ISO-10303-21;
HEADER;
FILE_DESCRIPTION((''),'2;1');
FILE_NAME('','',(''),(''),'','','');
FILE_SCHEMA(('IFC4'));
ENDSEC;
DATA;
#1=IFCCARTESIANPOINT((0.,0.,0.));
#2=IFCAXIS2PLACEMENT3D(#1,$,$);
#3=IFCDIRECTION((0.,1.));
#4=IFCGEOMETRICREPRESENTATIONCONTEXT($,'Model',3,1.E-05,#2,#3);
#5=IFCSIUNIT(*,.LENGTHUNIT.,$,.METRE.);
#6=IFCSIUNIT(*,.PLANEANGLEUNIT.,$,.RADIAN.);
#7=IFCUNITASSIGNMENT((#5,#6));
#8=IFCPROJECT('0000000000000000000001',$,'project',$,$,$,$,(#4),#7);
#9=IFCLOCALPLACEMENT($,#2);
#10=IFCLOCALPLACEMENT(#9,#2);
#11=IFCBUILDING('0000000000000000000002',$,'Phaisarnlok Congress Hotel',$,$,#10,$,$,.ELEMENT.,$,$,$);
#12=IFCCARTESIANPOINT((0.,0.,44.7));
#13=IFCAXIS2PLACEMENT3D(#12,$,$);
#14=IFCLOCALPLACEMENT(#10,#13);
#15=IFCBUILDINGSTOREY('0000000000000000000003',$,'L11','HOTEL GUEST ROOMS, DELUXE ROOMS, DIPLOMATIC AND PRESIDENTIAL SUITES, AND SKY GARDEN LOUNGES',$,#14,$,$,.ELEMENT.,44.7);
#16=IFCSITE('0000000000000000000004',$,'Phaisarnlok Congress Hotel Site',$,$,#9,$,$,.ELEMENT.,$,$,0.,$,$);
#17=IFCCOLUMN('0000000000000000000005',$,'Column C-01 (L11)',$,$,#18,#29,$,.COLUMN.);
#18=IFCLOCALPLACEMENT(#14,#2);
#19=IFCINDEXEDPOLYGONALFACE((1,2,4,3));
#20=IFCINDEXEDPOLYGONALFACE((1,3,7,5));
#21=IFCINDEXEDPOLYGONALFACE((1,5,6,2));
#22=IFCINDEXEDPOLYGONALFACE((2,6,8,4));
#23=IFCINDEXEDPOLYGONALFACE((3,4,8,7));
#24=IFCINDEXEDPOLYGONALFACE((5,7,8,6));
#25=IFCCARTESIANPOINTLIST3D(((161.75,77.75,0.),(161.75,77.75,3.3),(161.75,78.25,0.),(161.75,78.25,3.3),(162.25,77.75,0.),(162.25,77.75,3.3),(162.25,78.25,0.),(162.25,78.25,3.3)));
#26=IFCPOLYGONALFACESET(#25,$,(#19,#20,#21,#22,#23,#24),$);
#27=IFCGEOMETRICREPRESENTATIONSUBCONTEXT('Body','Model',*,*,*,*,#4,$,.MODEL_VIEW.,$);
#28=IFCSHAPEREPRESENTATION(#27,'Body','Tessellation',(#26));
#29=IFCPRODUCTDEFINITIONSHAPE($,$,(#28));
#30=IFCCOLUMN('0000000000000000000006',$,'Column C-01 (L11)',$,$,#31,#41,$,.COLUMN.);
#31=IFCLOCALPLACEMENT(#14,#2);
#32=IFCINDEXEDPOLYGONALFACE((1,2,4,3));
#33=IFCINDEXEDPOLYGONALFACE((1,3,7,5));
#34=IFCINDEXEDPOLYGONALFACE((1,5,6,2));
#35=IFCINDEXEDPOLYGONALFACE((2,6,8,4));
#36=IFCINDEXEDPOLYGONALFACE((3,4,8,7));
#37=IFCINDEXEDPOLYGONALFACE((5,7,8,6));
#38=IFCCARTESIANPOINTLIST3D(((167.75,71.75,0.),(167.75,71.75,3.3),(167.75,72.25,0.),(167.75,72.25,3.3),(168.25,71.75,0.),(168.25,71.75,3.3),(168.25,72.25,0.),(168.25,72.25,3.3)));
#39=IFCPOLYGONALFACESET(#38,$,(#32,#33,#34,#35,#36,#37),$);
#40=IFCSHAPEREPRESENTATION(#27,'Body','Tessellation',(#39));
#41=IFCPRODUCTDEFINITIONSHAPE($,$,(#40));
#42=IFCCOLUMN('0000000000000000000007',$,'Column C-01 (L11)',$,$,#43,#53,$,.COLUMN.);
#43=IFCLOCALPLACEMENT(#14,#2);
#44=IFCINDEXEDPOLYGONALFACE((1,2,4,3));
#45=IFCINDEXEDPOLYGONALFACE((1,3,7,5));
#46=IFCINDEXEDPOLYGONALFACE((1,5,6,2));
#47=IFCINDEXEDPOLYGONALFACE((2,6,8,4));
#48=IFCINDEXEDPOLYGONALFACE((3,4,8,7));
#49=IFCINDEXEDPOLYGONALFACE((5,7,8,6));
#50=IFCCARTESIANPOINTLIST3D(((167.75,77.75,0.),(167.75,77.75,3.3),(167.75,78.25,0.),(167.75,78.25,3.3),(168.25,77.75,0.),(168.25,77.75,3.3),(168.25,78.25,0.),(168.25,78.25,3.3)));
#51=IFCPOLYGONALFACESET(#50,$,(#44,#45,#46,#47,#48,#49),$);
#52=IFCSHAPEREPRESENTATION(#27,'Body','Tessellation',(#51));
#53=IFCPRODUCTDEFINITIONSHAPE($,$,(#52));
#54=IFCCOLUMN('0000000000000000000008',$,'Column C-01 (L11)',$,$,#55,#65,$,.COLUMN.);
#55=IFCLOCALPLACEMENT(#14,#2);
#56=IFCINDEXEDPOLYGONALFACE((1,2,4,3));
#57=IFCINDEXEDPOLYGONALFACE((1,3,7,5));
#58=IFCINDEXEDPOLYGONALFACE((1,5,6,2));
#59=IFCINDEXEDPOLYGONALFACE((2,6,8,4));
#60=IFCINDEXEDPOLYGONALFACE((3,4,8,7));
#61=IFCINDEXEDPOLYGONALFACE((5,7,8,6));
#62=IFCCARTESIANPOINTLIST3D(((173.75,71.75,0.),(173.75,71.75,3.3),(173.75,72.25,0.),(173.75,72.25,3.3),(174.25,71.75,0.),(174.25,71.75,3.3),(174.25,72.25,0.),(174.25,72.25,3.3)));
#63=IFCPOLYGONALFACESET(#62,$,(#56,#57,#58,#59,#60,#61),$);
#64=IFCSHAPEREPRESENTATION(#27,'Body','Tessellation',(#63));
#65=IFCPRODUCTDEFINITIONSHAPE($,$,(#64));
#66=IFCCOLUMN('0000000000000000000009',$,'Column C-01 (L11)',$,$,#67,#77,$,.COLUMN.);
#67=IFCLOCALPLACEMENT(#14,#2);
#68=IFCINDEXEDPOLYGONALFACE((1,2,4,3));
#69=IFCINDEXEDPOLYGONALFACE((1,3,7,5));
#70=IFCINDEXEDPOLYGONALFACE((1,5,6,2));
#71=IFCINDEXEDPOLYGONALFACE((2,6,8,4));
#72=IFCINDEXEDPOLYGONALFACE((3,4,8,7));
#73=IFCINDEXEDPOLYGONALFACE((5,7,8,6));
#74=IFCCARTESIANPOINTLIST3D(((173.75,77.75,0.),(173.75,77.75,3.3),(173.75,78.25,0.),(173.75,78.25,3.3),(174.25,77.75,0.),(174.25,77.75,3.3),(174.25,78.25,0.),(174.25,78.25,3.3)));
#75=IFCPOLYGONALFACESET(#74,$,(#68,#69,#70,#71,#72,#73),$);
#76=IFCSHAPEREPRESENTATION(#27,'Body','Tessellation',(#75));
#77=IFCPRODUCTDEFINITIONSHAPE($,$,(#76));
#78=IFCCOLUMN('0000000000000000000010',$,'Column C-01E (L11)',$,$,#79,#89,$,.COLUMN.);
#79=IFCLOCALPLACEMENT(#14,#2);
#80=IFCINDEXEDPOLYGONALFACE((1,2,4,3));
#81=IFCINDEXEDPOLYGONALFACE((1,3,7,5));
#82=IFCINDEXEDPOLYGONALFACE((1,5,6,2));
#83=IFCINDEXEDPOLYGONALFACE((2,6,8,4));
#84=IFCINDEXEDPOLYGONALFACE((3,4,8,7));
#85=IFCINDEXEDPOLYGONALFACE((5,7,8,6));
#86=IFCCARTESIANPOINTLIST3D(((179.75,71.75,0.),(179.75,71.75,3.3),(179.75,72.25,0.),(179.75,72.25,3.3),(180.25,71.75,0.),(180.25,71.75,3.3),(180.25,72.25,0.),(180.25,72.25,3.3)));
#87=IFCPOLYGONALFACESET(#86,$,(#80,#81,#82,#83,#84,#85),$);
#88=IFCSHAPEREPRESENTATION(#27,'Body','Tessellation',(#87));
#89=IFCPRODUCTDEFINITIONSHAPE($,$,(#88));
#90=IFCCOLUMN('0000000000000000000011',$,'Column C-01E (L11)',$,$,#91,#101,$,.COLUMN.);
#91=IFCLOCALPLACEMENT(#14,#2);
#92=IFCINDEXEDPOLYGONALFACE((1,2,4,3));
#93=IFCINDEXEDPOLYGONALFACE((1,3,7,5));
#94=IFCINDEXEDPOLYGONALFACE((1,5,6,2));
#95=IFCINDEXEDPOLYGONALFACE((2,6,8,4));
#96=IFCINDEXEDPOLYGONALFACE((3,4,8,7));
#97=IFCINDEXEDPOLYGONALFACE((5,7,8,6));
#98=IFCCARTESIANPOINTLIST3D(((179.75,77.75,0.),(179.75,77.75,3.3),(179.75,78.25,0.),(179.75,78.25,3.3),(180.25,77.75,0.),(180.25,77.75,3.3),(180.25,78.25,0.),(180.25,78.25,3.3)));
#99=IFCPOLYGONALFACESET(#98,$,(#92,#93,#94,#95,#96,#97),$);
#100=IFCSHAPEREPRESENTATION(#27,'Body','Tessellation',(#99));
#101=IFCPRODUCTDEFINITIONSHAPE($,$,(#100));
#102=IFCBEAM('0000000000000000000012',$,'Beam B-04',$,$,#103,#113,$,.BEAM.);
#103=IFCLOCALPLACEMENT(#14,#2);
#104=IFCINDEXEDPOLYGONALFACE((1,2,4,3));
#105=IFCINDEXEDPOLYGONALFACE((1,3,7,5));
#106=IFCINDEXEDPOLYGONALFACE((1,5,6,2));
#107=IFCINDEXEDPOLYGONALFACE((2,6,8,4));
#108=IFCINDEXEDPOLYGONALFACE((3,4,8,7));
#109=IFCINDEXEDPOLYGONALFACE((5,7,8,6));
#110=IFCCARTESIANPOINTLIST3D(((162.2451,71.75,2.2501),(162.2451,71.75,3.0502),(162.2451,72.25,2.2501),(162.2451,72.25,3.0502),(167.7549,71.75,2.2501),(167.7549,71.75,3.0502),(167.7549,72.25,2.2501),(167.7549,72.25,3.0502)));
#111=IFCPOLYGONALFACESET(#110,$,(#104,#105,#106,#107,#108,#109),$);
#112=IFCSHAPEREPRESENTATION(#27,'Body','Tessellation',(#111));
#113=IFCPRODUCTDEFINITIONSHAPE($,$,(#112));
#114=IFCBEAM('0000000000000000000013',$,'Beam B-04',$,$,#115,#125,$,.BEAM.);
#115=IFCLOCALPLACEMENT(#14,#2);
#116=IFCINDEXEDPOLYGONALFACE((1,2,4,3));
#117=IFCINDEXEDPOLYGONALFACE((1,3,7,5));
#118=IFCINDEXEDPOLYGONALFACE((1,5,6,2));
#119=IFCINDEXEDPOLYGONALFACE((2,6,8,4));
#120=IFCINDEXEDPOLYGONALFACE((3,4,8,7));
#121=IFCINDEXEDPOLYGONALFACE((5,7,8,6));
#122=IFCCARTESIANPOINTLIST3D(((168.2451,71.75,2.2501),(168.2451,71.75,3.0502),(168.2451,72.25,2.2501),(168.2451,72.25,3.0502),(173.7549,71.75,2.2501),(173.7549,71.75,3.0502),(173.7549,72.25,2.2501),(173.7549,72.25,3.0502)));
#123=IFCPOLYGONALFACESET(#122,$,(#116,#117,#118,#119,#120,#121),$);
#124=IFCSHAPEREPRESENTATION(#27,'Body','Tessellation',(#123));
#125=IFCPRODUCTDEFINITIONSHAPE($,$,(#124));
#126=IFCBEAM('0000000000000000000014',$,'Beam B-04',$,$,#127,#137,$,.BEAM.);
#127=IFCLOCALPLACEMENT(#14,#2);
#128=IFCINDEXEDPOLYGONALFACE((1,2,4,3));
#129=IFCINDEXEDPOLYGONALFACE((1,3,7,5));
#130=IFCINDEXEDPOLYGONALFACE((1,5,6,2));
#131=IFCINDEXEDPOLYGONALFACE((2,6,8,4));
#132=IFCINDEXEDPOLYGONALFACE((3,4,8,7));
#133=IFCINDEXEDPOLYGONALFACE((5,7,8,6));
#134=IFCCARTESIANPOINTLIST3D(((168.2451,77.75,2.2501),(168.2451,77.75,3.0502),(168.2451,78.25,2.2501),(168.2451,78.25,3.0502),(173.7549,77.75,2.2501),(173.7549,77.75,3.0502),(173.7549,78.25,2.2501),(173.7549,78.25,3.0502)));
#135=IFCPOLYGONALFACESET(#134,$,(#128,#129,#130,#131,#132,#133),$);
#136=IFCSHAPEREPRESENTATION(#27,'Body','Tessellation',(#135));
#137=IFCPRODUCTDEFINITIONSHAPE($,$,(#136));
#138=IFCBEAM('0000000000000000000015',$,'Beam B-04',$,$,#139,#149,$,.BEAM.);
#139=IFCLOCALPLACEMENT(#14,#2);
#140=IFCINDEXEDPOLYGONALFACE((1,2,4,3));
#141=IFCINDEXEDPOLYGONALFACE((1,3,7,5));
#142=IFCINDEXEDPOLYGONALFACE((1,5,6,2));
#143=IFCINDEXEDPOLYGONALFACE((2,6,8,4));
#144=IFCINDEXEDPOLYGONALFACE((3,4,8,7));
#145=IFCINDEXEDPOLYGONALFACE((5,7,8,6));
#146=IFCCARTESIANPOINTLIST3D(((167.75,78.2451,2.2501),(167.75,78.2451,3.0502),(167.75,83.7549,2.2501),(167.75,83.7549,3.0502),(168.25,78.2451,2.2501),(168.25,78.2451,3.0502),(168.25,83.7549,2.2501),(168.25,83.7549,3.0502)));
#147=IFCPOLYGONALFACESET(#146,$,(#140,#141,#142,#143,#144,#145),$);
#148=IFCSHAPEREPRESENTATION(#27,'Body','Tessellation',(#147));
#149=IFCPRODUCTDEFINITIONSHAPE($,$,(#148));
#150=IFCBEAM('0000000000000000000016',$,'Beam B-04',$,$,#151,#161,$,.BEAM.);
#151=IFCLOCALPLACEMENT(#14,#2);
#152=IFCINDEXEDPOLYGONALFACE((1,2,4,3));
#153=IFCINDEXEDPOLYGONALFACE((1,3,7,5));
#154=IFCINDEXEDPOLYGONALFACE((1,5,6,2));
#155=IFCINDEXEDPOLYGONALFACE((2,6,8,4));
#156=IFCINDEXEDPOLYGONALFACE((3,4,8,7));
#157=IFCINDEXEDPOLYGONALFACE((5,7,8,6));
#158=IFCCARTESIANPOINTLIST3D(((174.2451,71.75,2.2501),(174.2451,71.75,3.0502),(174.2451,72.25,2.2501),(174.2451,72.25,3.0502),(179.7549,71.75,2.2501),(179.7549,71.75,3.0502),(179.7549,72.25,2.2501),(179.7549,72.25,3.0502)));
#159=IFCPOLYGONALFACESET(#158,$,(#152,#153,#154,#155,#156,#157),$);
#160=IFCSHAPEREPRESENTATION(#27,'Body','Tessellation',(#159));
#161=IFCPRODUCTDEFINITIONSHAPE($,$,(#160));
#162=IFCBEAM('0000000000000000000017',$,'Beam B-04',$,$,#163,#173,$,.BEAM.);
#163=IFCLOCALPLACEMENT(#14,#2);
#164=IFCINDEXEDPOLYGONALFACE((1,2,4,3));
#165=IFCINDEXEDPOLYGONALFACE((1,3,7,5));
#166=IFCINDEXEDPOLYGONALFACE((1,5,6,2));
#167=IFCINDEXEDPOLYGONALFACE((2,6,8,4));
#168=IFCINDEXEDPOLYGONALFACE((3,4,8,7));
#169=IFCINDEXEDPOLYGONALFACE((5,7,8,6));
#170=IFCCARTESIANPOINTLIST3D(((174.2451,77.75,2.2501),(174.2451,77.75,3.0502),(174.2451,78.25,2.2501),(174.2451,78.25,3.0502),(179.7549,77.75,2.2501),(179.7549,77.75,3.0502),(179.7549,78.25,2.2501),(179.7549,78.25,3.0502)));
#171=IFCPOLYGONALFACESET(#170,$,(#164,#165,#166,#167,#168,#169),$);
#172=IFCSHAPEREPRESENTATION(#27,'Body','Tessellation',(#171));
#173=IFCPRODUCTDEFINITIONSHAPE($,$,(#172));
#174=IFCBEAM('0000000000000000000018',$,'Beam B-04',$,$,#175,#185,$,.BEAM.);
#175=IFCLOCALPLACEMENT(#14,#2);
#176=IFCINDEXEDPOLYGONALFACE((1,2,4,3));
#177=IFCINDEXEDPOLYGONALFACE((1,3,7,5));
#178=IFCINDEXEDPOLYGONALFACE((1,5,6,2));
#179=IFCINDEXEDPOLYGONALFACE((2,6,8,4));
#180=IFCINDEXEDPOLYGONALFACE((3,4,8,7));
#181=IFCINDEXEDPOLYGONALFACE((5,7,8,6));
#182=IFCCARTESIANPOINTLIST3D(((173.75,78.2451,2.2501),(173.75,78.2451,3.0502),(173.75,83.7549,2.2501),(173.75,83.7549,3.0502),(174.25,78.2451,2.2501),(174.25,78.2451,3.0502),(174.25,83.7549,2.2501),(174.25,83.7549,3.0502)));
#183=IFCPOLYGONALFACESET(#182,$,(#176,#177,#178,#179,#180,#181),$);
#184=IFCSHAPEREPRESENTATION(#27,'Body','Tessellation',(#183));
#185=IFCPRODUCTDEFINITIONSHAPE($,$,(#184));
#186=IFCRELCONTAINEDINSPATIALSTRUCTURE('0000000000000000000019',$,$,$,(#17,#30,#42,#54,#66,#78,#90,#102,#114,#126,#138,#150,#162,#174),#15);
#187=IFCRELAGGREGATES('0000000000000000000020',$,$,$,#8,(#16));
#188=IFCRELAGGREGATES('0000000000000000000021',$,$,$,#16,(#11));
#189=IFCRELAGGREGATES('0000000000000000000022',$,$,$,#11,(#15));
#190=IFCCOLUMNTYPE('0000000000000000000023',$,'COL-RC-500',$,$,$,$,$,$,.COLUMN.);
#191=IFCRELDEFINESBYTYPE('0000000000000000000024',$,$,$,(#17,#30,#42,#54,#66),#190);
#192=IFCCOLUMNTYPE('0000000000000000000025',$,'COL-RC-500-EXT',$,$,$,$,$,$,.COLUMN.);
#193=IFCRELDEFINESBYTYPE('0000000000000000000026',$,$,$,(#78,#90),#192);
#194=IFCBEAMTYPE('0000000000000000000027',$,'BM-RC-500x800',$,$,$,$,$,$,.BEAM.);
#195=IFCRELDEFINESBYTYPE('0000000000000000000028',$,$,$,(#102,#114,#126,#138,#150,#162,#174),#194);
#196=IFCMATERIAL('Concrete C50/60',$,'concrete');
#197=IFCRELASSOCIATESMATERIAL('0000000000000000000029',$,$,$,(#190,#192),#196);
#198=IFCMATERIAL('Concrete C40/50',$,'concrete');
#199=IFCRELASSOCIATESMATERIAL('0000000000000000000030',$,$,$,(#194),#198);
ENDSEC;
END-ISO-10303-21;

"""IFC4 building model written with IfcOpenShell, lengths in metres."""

from ifc_helpers import new_model, si_unit, direction, frame, origin, origin_2d, place, context, subcontext, project, spatial, rectangle, extrude, material, material_profile, profile_set, type_object, element, save


model = new_model("IFC4")

# Units and contexts
model_context = context("Model", 3, precision=1e-05, world=origin(), true_north=direction((0.0, 1.0)))
body_context = subcontext(model_context, "Body", "Model", "MODEL_VIEW")
ifc_project = project(units=[si_unit("LENGTHUNIT", "METRE"), si_unit("PLANEANGLEUNIT", "RADIAN")], contexts=[model_context])

# Site, building, storey
site_placement = place(None, origin())
site = spatial("IfcSite", under=ifc_project, at=site_placement, Name="Phaisarnlok Congress Hotel Site", CompositionType="ELEMENT", RefElevation=0.0)
building_placement = place(site_placement, origin())
building = spatial("IfcBuilding", under=site, at=building_placement, Name="Phaisarnlok Congress Hotel", CompositionType="ELEMENT")
storey_placement = place(building_placement, frame((0.0, 0.0, 44.7)))
storey = spatial("IfcBuildingStorey", under=building, at=storey_placement, Name="L11", Description="HOTEL GUEST ROOMS, DELUXE ROOMS, DIPLOMATIC AND PRESIDENTIAL SUITES, AND SKY GARDEN LOUNGES", CompositionType="ELEMENT", Elevation=44.7)

# Columns
ifc_material_1 = material(Name="Concrete C50/60", Category="concrete")
ifc_material_profile_1 = material_profile(ifc_material_1, rectangle(XDim=0.5, YDim=0.5, at=origin_2d()), Name="RC 500x500")
ifc_profile_set_1 = profile_set([ifc_material_profile_1], Name="Concrete C50/60")
column_type_1 = type_object("IfcColumnType", Name="COL-RC-500", PredefinedType="COLUMN", material=ifc_profile_set_1)
for number, where, z_axis, x_axis, name in (
    (1, (162.0, 78.0, 0.0), (0.0, 0.0, 1.0), (1.0, 0.0, 0.0), "Column C-01 (L11)"),
    (2, (168.0, 72.0, 0.0), (0.0, 0.0, 1.0), (1.0, 0.0, 0.0), "Column C-01 (L11)"),
    (3, (168.0, 78.0, 0.0), (0.0, 0.0, 1.0), (1.0, 0.0, 0.0), "Column C-01 (L11)"),
    (4, (174.0, 72.0, 0.0), (0.0, 0.0, 1.0), (1.0, 0.0, 0.0), "Column C-01 (L11)"),
    (5, (174.0, 78.0, 0.0), (0.0, 0.0, 1.0), (1.0, 0.0, 0.0), "Column C-01 (L11)"),
):
    element("IfcColumn", number, at=place(storey_placement, frame(where, z_axis=z_axis, x_axis=x_axis)), inside=storey, type_object=column_type_1, Name=name, PredefinedType="COLUMN", context=body_context, shape_type="SweptSolid", body=[
        extrude(rectangle(XDim=0.5, YDim=0.5, at=origin_2d()), origin(), (0.0, 0.0, 1.0), 3.3),
    ])
ifc_material_profile_2 = material_profile(ifc_material_1, rectangle(XDim=0.5, YDim=0.5, at=origin_2d()), Name="RC 500x500")
ifc_profile_set_2 = profile_set([ifc_material_profile_2], Name="Concrete C50/60")
column_type_2 = type_object("IfcColumnType", Name="COL-RC-500-EXT", PredefinedType="COLUMN", material=ifc_profile_set_2)
for number, where, z_axis, x_axis, name in (
    (6, (180.0, 72.0, 0.0), (0.0, 0.0, 1.0), (1.0, 0.0, 0.0), "Column C-01E (L11)"),
    (7, (180.0, 78.0, 0.0), (0.0, 0.0, 1.0), (1.0, 0.0, 0.0), "Column C-01E (L11)"),
):
    element("IfcColumn", number, at=place(storey_placement, frame(where, z_axis=z_axis, x_axis=x_axis)), inside=storey, type_object=column_type_2, Name=name, PredefinedType="COLUMN", context=body_context, shape_type="SweptSolid", body=[
        extrude(rectangle(XDim=0.5, YDim=0.5, at=origin_2d()), origin(), (0.0, 0.0, 1.0), 3.3),
    ])

# Beams
ifc_material_2 = material(Name="Concrete C40/50", Category="concrete")
ifc_material_profile_3 = material_profile(ifc_material_2, rectangle(XDim=0.5, YDim=0.8, at=origin_2d()), Name="RC 500x800")
ifc_profile_set_3 = profile_set([ifc_material_profile_3], Name="Concrete C40/50")
beam_type_1 = type_object("IfcBeamType", Name="BM-RC-500x800", PredefinedType="BEAM", material=ifc_profile_set_3)
for number, where, z_axis, x_axis, name in (
    (8, (162.2451, 72.0, 2.6501), (1.0, 0.0, 0.0), (0.0, 1.0, 0.0), "Beam B-04"),
    (9, (168.2451, 72.0, 2.6501), (1.0, 0.0, 0.0), (0.0, 1.0, 0.0), "Beam B-04"),
    (10, (168.2451, 78.0, 2.6501), (1.0, 0.0, 0.0), (0.0, 1.0, 0.0), "Beam B-04"),
    (11, (168.0, 78.2451, 2.6501), (0.0, 1.0, 0.0), (-1.0, 0.0, 0.0), "Beam B-04"),
    (12, (174.2451, 72.0, 2.6501), (1.0, 0.0, 0.0), (0.0, 1.0, 0.0), "Beam B-04"),
    (13, (174.2451, 78.0, 2.6501), (1.0, 0.0, 0.0), (0.0, 1.0, 0.0), "Beam B-04"),
    (14, (174.0, 78.2451, 2.6501), (0.0, 1.0, 0.0), (-1.0, 0.0, 0.0), "Beam B-04"),
):
    element("IfcBeam", number, at=place(storey_placement, frame(where, z_axis=z_axis, x_axis=x_axis)), inside=storey, type_object=beam_type_1, Name=name, PredefinedType="BEAM", context=body_context, shape_type="SweptSolid", body=[
        extrude(rectangle(XDim=0.5, YDim=0.8, at=origin_2d()), origin(), (0.0, 0.0, 1.0), 5.5098),
    ])

save(model, "model.ifc")
